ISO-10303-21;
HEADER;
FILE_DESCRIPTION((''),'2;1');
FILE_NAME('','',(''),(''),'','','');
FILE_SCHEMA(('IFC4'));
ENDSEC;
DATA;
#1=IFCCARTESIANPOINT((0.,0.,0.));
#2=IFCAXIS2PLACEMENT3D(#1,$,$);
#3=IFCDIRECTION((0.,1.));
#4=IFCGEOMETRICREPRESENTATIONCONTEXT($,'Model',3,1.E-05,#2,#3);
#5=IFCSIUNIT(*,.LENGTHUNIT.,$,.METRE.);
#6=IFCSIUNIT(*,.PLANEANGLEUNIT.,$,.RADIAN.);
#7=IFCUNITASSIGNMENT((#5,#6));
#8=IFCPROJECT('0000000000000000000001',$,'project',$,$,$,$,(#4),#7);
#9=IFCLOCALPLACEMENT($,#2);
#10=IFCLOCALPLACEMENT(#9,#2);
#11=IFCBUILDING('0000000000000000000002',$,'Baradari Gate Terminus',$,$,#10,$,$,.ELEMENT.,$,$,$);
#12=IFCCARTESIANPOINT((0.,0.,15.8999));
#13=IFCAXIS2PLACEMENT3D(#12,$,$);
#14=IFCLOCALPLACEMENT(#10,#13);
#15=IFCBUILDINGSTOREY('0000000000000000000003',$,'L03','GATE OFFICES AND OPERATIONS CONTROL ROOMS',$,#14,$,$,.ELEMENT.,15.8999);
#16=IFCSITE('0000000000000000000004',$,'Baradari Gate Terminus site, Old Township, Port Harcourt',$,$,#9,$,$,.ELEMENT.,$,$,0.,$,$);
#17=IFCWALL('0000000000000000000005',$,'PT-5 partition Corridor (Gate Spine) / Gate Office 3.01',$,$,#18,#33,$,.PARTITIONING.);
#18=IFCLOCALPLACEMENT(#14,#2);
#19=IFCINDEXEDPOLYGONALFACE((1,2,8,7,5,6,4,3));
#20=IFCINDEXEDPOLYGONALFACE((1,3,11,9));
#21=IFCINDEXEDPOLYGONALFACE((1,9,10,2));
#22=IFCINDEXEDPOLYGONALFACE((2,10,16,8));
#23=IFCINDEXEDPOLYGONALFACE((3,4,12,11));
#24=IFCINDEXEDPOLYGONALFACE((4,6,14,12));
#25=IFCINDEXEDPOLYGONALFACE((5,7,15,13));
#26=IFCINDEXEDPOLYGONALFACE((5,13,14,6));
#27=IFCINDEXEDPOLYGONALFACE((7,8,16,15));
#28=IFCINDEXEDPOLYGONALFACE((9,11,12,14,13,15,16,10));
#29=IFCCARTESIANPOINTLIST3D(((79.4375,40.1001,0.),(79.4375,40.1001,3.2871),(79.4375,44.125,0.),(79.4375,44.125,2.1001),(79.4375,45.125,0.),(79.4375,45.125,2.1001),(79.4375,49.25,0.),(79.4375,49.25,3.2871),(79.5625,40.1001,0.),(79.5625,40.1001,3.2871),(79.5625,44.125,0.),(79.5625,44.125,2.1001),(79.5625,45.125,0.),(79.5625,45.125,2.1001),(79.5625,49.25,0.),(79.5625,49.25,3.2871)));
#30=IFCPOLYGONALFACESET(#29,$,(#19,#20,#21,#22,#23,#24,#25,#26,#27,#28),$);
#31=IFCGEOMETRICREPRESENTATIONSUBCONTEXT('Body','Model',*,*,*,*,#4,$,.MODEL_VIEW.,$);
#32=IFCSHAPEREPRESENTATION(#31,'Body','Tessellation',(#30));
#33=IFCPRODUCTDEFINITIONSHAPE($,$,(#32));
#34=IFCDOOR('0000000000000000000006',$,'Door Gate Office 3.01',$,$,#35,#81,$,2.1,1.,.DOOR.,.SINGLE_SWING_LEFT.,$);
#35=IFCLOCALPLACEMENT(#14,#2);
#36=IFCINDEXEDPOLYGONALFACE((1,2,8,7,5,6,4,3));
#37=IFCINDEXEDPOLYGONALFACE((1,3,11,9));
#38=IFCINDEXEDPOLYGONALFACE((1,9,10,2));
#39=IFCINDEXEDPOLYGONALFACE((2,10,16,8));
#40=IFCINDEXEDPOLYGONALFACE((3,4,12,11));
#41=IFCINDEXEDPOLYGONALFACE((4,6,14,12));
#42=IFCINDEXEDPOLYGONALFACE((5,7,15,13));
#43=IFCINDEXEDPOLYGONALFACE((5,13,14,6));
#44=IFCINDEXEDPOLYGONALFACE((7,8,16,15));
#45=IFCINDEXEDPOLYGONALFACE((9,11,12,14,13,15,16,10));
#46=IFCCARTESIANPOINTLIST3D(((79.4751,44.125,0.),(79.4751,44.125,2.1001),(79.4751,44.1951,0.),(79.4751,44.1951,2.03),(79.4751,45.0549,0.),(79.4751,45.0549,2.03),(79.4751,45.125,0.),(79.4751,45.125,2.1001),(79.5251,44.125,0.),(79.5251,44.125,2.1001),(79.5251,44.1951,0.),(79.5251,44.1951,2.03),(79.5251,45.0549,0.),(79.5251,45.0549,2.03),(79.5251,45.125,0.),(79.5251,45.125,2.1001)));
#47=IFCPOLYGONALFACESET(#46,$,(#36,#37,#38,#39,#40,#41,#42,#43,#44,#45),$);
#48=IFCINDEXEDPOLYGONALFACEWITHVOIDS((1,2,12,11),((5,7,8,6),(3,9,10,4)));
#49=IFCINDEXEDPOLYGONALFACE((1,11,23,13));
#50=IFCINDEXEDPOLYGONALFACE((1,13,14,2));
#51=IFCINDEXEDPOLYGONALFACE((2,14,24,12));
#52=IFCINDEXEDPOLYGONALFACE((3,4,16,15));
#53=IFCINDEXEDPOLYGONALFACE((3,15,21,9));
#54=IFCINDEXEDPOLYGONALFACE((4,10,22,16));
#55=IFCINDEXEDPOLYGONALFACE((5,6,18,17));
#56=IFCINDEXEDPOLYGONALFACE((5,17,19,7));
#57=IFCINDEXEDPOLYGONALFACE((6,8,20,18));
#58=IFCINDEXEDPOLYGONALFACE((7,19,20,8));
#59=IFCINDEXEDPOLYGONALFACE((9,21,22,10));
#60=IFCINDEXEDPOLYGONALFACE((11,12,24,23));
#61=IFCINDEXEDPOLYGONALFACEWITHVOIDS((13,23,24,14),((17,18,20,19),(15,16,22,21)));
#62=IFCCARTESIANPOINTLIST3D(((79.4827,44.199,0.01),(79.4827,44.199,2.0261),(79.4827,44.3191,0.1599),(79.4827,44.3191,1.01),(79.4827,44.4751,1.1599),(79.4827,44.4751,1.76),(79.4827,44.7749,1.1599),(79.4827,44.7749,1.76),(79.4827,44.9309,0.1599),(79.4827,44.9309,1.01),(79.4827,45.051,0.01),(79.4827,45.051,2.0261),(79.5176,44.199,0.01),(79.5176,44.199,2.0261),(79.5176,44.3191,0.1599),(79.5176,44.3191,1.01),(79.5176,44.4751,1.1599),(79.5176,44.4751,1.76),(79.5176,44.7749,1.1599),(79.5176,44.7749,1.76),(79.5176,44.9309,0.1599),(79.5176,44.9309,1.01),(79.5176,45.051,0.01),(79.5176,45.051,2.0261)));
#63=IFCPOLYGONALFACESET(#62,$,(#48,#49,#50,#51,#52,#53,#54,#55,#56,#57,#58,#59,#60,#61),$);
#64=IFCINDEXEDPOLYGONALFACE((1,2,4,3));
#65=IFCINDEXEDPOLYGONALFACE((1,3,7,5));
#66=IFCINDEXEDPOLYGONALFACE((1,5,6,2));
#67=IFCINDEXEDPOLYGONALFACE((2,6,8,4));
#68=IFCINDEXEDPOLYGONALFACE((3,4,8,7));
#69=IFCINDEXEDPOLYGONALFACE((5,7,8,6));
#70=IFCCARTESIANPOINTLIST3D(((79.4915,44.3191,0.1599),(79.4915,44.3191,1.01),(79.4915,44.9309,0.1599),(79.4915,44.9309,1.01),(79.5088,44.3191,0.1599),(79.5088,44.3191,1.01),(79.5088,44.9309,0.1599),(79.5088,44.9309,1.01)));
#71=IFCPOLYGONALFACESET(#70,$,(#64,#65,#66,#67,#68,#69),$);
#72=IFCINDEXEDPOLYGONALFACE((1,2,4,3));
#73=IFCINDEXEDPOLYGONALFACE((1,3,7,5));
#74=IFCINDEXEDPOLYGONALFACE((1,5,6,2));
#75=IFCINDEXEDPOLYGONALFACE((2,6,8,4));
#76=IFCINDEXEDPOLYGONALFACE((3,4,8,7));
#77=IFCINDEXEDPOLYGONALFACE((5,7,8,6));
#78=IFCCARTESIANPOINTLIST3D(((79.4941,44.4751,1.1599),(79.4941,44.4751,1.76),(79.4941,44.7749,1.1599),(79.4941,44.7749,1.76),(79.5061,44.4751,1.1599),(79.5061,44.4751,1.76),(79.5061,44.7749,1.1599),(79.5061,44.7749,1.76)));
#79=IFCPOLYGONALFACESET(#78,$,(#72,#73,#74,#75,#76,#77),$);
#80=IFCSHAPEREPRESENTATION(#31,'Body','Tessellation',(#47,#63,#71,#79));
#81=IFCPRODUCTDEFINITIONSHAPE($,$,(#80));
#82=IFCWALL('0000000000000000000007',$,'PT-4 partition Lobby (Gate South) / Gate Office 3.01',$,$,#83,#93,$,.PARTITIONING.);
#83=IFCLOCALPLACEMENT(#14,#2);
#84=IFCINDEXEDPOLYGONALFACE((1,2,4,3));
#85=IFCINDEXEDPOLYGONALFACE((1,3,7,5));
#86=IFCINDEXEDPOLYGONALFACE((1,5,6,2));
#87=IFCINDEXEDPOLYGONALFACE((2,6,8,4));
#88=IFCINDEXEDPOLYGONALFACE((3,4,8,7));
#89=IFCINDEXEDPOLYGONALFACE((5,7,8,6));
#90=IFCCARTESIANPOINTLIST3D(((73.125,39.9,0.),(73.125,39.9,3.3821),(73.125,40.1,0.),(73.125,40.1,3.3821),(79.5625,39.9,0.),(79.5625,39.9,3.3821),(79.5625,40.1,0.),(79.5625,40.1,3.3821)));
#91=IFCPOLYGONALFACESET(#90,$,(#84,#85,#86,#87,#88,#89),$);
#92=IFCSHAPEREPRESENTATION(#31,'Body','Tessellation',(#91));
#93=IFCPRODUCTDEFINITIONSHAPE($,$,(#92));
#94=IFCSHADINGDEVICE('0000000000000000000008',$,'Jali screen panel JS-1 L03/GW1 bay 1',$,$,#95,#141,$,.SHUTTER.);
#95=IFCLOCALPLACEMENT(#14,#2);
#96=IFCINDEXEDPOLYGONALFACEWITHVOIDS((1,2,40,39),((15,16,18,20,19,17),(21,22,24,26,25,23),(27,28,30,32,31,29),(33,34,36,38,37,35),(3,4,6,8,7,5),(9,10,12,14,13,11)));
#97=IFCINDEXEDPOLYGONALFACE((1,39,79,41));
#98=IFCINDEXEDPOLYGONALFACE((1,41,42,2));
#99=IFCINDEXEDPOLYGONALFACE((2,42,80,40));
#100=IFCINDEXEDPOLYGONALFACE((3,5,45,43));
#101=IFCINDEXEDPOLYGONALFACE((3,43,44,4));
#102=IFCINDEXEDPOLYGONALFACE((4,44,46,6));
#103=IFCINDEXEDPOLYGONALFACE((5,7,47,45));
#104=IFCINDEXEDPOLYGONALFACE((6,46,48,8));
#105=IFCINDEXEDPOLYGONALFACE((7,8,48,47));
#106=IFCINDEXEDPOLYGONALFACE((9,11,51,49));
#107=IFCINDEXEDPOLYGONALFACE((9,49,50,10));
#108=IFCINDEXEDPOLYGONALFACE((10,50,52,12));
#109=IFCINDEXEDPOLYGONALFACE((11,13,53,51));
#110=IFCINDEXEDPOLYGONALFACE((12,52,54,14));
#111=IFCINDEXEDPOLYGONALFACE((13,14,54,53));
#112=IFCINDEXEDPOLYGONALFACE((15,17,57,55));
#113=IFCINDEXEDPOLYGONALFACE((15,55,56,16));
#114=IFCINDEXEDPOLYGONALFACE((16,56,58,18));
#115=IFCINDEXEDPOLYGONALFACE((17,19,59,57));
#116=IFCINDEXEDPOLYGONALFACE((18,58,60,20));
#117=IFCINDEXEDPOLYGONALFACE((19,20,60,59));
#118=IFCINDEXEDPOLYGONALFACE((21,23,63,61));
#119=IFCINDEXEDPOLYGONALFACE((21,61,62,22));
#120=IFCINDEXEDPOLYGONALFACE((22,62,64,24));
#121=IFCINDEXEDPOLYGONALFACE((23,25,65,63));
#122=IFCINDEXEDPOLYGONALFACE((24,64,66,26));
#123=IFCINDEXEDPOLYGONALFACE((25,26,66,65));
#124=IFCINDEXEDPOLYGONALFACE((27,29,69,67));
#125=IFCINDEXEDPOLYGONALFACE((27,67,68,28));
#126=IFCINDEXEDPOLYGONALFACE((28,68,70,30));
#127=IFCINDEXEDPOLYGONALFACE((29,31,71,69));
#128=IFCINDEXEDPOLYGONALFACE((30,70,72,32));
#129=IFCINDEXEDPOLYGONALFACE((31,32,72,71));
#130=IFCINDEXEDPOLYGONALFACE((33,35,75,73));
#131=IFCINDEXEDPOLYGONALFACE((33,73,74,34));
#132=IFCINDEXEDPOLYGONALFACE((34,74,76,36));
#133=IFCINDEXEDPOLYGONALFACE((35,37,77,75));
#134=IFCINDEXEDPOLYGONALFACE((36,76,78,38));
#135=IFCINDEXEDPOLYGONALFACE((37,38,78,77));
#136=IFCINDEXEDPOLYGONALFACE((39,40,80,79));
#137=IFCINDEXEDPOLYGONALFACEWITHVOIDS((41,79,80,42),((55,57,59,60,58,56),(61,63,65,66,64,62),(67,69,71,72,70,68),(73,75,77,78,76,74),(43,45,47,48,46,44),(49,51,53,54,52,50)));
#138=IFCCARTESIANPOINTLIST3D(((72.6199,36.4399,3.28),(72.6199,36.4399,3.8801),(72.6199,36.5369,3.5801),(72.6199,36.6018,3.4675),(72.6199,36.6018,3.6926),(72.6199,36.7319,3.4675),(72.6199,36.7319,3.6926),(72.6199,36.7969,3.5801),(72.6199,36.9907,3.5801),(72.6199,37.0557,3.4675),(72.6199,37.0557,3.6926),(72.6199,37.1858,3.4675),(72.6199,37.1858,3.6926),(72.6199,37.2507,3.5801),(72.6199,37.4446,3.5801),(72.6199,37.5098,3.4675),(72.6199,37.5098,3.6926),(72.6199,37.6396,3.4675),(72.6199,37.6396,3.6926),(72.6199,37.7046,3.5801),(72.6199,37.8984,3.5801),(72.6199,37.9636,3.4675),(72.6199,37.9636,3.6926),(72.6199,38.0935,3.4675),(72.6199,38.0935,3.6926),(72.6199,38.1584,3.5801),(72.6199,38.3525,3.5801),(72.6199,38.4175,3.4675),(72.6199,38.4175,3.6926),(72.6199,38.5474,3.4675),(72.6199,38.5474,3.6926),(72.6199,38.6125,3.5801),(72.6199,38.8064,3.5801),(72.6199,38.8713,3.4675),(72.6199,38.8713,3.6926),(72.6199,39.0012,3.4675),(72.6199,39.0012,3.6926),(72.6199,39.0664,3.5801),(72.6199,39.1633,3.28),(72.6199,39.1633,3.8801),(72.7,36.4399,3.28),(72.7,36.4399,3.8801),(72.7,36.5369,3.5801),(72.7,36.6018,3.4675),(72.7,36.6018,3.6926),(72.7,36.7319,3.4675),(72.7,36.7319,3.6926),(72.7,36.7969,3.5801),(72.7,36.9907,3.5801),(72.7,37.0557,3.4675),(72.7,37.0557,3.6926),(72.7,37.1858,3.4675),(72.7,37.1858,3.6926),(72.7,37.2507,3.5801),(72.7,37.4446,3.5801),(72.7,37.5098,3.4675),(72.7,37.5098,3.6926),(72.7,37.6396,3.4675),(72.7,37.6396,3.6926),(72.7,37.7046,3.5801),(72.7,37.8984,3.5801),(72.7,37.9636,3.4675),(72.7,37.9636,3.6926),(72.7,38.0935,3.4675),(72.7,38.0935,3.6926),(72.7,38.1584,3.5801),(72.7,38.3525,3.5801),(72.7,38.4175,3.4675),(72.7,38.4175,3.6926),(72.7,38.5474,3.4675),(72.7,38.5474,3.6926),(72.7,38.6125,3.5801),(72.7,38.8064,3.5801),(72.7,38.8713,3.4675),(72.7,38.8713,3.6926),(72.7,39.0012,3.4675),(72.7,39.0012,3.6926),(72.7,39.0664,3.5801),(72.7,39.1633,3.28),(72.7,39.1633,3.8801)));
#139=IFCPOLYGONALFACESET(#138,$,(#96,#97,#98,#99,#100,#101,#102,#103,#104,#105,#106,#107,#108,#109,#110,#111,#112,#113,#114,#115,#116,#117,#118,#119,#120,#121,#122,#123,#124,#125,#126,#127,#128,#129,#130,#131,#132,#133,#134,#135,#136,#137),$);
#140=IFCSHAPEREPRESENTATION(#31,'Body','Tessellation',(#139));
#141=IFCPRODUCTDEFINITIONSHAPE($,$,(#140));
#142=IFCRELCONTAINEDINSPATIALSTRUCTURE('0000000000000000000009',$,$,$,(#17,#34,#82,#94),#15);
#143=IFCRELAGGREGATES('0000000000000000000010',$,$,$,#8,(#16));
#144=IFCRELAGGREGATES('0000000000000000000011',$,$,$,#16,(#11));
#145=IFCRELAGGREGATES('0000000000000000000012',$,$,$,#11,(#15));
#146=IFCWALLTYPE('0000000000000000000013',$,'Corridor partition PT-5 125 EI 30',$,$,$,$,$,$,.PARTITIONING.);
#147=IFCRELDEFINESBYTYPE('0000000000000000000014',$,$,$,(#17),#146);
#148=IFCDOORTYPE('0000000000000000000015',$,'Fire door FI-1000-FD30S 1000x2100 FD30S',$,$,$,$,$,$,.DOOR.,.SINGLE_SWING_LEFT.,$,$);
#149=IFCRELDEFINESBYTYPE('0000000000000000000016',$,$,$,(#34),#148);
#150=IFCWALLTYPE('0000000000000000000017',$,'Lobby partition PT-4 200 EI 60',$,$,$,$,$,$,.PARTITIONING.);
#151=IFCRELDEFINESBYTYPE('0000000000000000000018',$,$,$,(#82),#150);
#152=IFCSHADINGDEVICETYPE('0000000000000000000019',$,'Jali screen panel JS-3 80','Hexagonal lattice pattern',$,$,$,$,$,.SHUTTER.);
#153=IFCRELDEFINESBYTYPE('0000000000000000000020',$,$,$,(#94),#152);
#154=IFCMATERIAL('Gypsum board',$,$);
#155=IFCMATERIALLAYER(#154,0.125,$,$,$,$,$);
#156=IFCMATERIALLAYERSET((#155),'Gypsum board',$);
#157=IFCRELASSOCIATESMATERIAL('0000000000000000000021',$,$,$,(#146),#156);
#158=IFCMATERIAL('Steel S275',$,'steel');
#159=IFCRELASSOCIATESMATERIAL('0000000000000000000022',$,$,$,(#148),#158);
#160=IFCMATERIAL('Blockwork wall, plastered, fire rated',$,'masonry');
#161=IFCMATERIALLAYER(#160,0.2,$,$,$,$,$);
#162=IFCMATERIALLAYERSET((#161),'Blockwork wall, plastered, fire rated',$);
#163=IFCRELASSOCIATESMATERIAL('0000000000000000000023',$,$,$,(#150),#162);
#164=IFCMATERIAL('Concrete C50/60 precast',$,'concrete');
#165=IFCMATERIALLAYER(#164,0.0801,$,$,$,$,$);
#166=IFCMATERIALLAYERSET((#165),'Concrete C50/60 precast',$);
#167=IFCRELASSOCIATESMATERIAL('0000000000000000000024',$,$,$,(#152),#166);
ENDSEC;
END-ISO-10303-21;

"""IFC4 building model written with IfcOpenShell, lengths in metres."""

from ifc_helpers import new_model, si_unit, direction, frame, frame_2d, origin, place, context, subcontext, project, spatial, polyline, rectangle, outline, extrude, material, layer, layer_set, type_object, element, fill, save


model = new_model("IFC4")

# Units and contexts
model_context = context("Model", 3, precision=1e-05, world=origin(), true_north=direction((0.0, 1.0)))
body_context = subcontext(model_context, "Body", "Model", "MODEL_VIEW")
ifc_project = project(units=[si_unit("LENGTHUNIT", "METRE"), si_unit("PLANEANGLEUNIT", "RADIAN")], contexts=[model_context])

# Site, building, storey
site_placement = place(None, origin())
site = spatial("IfcSite", under=ifc_project, at=site_placement, Name="Baradari Gate Terminus site, Old Township, Port Harcourt", CompositionType="ELEMENT", RefElevation=0.0)
building_placement = place(site_placement, origin())
building = spatial("IfcBuilding", under=site, at=building_placement, Name="Baradari Gate Terminus", CompositionType="ELEMENT")
storey_placement = place(building_placement, frame((0.0, 0.0, 15.8999)))
storey = spatial("IfcBuildingStorey", under=building, at=storey_placement, Name="L03", Description="GATE OFFICES AND OPERATIONS CONTROL ROOMS", CompositionType="ELEMENT", Elevation=15.8999)

# Wall, opening, door
ifc_material_1 = material(Name="Gypsum board")
ifc_layer_1 = layer(ifc_material_1, 0.125)
ifc_layer_set_1 = layer_set([ifc_layer_1], Name="Gypsum board")
wall_type_1 = type_object("IfcWallType", Name="Corridor partition PT-5 125 EI 30", PredefinedType="PARTITIONING", material=ifc_layer_set_1)
wall_1_placement = place(storey_placement, frame((79.5, 40.1001, 0.0), z_axis=(0.0, 0.0, 1.0), x_axis=(0.0, 1.0, 0.0)))
wall_1 = element("IfcWall", 1, at=wall_1_placement, inside=storey, type_object=wall_type_1, Name="PT-5 partition Corridor (Gate Spine) / Gate Office 3.01", PredefinedType="PARTITIONING", context=body_context, shape_type="SweptSolid", body=[
    extrude(rectangle(XDim=9.1499, YDim=0.125, at=frame_2d((4.575, 0.0))), origin(), (0.0, 0.0, 1.0), 3.2871),
])
opening_placement = place(wall_1_placement, frame((4.0249, 0.0, 0.0)))
opening = element("IfcOpeningElement", 2, at=opening_placement, cuts=wall_1, PredefinedType="OPENING", context=body_context, shape_type="SweptSolid", body=[
    extrude(rectangle(XDim=1.0, YDim=2.1001, at=frame_2d((0.5, 1.05))), frame((0.0, 0.0725, 0.0), z_axis=(0.0, -1.0, 0.0), x_axis=(1.0, 0.0, 0.0)), (0.0, 0.0, 1.0), 0.145),
])
ifc_material_2 = material(Name="Steel S275", Category="steel")
door_type = type_object("IfcDoorType", Name="Fire door FI-1000-FD30S 1000x2100 FD30S", OperationType="SINGLE_SWING_LEFT", PredefinedType="DOOR", material=ifc_material_2)
door_placement = place(opening_placement, origin())
door = element("IfcDoor", 3, at=door_placement, inside=storey, type_object=door_type, Name="Door Gate Office 3.01", OperationType="SINGLE_SWING_LEFT", OverallHeight=2.1, OverallWidth=1.0, PredefinedType="DOOR", context=body_context, shape_type="SweptSolid", body=[
    extrude(outline(polyline([(0.0, 0.0), (0.0701, 0.0), (0.0701, 2.03), (0.9299, 2.03), (0.9299, 0.0), (1.0, 0.0), (1.0, 2.1001), (0.0, 2.1001), (0.0, 0.0)])), frame((0.0, 0.0249, 0.0), z_axis=(0.0, -1.0, 0.0), x_axis=(1.0, 0.0, 0.0)), (0.0, 0.0, 1.0), 0.05),
    extrude(outline(polyline([(0.074, 0.01), (0.926, 0.01), (0.926, 2.0261), (0.074, 2.0261), (0.074, 0.01)]), holes=[polyline([(0.1941, 0.1599), (0.8059, 0.1599), (0.8059, 1.01), (0.1941, 1.01), (0.1941, 0.1599)]), polyline([(0.3501, 1.1599), (0.6499, 1.1599), (0.6499, 1.76), (0.3501, 1.76), (0.3501, 1.1599)])]), frame((0.0, 0.0173, 0.0), z_axis=(0.0, -1.0, 0.0), x_axis=(1.0, 0.0, 0.0)), (0.0, 0.0, 1.0), 0.0349),
    extrude(rectangle(XDim=0.6118, YDim=0.8501, at=frame_2d((0.5, 0.585))), frame((0.0, 0.0085, 0.0), z_axis=(0.0, -1.0, 0.0), x_axis=(1.0, 0.0, 0.0)), (0.0, 0.0, 1.0), 0.0173),
    extrude(rectangle(XDim=0.2998, YDim=0.6001, at=frame_2d((0.5, 1.46))), frame((0.0, 0.0059, 0.0), z_axis=(0.0, -1.0, 0.0), x_axis=(1.0, 0.0, 0.0)), (0.0, 0.0, 1.0), 0.012),
])
fill(opening, door)

# Wall
ifc_material_3 = material(Name="Blockwork wall, plastered, fire rated", Category="masonry")
ifc_layer_2 = layer(ifc_material_3, 0.2)
ifc_layer_set_2 = layer_set([ifc_layer_2], Name="Blockwork wall, plastered, fire rated")
wall_type_2 = type_object("IfcWallType", Name="Lobby partition PT-4 200 EI 60", PredefinedType="PARTITIONING", material=ifc_layer_set_2)
wall_2_placement = place(storey_placement, frame((73.125, 40.0, 0.0), z_axis=(0.0, 0.0, 1.0), x_axis=(1.0, 0.0, 0.0)))
element("IfcWall", 4, at=wall_2_placement, inside=storey, type_object=wall_type_2, Name="PT-4 partition Lobby (Gate South) / Gate Office 3.01", PredefinedType="PARTITIONING", context=body_context, shape_type="SweptSolid", body=[
    extrude(rectangle(XDim=6.4375, YDim=0.2, at=frame_2d((3.2188, 0.0))), origin(), (0.0, 0.0, 1.0), 3.3821),
])

# Shading device
ifc_material_4 = material(Name="Concrete C50/60 precast", Category="concrete")
ifc_layer_3 = layer(ifc_material_4, 0.0801)
ifc_layer_set_3 = layer_set([ifc_layer_3], Name="Concrete C50/60 precast")
shading_device_type = type_object("IfcShadingDeviceType", Name="Jali screen panel JS-3 80", Description="Hexagonal lattice pattern", PredefinedType="SHUTTER", material=ifc_layer_set_3)
shading_device_1_placement = place(storey_placement, frame((72.6599, 36.4399, 3.28), z_axis=(0.0, 0.0, 1.0), x_axis=(0.0, 1.0, 0.0)))
element("IfcShadingDevice", 5, at=shading_device_1_placement, inside=storey, type_object=shading_device_type, Name="Jali screen panel JS-1 L03/GW1 bay 1", PredefinedType="SHUTTER", context=body_context, shape_type="SweptSolid", body=[
    extrude(outline(polyline([(0.0, 0.0), (2.7234, 0.0), (2.7234, 0.6001), (0.0, 0.6001), (0.0, 0.0)]), holes=[polyline([(0.3569, 0.3), (0.292, 0.1875), (0.1619, 0.1875), (0.0969, 0.3), (0.1619, 0.4126), (0.292, 0.4126), (0.3569, 0.3)]), polyline([(0.8108, 0.3), (0.7458, 0.1875), (0.6157, 0.1875), (0.5508, 0.3), (0.6157, 0.4126), (0.7458, 0.4126), (0.8108, 0.3)]), polyline([(1.2646, 0.3), (1.1997, 0.1875), (1.0698, 0.1875), (1.0046, 0.3), (1.0698, 0.4126), (1.1997, 0.4126), (1.2646, 0.3)]), polyline([(1.7185, 0.3), (1.6536, 0.1875), (1.5237, 0.1875), (1.4585, 0.3), (1.5237, 0.4126), (1.6536, 0.4126), (1.7185, 0.3)]), polyline([(2.1726, 0.3), (2.1074, 0.1875), (1.9775, 0.1875), (1.9126, 0.3), (1.9775, 0.4126), (2.1074, 0.4126), (2.1726, 0.3)]), polyline([(2.6265, 0.3), (2.5613, 0.1875), (2.4314, 0.1875), (2.3665, 0.3), (2.4314, 0.4126), (2.5613, 0.4126), (2.6265, 0.3)])]), frame((0.0, 0.04, 0.0), z_axis=(0.0, -1.0, 0.0), x_axis=(1.0, 0.0, 0.0)), (0.0, 0.0, 1.0), 0.0801),
])

save(model, "model.ifc")
